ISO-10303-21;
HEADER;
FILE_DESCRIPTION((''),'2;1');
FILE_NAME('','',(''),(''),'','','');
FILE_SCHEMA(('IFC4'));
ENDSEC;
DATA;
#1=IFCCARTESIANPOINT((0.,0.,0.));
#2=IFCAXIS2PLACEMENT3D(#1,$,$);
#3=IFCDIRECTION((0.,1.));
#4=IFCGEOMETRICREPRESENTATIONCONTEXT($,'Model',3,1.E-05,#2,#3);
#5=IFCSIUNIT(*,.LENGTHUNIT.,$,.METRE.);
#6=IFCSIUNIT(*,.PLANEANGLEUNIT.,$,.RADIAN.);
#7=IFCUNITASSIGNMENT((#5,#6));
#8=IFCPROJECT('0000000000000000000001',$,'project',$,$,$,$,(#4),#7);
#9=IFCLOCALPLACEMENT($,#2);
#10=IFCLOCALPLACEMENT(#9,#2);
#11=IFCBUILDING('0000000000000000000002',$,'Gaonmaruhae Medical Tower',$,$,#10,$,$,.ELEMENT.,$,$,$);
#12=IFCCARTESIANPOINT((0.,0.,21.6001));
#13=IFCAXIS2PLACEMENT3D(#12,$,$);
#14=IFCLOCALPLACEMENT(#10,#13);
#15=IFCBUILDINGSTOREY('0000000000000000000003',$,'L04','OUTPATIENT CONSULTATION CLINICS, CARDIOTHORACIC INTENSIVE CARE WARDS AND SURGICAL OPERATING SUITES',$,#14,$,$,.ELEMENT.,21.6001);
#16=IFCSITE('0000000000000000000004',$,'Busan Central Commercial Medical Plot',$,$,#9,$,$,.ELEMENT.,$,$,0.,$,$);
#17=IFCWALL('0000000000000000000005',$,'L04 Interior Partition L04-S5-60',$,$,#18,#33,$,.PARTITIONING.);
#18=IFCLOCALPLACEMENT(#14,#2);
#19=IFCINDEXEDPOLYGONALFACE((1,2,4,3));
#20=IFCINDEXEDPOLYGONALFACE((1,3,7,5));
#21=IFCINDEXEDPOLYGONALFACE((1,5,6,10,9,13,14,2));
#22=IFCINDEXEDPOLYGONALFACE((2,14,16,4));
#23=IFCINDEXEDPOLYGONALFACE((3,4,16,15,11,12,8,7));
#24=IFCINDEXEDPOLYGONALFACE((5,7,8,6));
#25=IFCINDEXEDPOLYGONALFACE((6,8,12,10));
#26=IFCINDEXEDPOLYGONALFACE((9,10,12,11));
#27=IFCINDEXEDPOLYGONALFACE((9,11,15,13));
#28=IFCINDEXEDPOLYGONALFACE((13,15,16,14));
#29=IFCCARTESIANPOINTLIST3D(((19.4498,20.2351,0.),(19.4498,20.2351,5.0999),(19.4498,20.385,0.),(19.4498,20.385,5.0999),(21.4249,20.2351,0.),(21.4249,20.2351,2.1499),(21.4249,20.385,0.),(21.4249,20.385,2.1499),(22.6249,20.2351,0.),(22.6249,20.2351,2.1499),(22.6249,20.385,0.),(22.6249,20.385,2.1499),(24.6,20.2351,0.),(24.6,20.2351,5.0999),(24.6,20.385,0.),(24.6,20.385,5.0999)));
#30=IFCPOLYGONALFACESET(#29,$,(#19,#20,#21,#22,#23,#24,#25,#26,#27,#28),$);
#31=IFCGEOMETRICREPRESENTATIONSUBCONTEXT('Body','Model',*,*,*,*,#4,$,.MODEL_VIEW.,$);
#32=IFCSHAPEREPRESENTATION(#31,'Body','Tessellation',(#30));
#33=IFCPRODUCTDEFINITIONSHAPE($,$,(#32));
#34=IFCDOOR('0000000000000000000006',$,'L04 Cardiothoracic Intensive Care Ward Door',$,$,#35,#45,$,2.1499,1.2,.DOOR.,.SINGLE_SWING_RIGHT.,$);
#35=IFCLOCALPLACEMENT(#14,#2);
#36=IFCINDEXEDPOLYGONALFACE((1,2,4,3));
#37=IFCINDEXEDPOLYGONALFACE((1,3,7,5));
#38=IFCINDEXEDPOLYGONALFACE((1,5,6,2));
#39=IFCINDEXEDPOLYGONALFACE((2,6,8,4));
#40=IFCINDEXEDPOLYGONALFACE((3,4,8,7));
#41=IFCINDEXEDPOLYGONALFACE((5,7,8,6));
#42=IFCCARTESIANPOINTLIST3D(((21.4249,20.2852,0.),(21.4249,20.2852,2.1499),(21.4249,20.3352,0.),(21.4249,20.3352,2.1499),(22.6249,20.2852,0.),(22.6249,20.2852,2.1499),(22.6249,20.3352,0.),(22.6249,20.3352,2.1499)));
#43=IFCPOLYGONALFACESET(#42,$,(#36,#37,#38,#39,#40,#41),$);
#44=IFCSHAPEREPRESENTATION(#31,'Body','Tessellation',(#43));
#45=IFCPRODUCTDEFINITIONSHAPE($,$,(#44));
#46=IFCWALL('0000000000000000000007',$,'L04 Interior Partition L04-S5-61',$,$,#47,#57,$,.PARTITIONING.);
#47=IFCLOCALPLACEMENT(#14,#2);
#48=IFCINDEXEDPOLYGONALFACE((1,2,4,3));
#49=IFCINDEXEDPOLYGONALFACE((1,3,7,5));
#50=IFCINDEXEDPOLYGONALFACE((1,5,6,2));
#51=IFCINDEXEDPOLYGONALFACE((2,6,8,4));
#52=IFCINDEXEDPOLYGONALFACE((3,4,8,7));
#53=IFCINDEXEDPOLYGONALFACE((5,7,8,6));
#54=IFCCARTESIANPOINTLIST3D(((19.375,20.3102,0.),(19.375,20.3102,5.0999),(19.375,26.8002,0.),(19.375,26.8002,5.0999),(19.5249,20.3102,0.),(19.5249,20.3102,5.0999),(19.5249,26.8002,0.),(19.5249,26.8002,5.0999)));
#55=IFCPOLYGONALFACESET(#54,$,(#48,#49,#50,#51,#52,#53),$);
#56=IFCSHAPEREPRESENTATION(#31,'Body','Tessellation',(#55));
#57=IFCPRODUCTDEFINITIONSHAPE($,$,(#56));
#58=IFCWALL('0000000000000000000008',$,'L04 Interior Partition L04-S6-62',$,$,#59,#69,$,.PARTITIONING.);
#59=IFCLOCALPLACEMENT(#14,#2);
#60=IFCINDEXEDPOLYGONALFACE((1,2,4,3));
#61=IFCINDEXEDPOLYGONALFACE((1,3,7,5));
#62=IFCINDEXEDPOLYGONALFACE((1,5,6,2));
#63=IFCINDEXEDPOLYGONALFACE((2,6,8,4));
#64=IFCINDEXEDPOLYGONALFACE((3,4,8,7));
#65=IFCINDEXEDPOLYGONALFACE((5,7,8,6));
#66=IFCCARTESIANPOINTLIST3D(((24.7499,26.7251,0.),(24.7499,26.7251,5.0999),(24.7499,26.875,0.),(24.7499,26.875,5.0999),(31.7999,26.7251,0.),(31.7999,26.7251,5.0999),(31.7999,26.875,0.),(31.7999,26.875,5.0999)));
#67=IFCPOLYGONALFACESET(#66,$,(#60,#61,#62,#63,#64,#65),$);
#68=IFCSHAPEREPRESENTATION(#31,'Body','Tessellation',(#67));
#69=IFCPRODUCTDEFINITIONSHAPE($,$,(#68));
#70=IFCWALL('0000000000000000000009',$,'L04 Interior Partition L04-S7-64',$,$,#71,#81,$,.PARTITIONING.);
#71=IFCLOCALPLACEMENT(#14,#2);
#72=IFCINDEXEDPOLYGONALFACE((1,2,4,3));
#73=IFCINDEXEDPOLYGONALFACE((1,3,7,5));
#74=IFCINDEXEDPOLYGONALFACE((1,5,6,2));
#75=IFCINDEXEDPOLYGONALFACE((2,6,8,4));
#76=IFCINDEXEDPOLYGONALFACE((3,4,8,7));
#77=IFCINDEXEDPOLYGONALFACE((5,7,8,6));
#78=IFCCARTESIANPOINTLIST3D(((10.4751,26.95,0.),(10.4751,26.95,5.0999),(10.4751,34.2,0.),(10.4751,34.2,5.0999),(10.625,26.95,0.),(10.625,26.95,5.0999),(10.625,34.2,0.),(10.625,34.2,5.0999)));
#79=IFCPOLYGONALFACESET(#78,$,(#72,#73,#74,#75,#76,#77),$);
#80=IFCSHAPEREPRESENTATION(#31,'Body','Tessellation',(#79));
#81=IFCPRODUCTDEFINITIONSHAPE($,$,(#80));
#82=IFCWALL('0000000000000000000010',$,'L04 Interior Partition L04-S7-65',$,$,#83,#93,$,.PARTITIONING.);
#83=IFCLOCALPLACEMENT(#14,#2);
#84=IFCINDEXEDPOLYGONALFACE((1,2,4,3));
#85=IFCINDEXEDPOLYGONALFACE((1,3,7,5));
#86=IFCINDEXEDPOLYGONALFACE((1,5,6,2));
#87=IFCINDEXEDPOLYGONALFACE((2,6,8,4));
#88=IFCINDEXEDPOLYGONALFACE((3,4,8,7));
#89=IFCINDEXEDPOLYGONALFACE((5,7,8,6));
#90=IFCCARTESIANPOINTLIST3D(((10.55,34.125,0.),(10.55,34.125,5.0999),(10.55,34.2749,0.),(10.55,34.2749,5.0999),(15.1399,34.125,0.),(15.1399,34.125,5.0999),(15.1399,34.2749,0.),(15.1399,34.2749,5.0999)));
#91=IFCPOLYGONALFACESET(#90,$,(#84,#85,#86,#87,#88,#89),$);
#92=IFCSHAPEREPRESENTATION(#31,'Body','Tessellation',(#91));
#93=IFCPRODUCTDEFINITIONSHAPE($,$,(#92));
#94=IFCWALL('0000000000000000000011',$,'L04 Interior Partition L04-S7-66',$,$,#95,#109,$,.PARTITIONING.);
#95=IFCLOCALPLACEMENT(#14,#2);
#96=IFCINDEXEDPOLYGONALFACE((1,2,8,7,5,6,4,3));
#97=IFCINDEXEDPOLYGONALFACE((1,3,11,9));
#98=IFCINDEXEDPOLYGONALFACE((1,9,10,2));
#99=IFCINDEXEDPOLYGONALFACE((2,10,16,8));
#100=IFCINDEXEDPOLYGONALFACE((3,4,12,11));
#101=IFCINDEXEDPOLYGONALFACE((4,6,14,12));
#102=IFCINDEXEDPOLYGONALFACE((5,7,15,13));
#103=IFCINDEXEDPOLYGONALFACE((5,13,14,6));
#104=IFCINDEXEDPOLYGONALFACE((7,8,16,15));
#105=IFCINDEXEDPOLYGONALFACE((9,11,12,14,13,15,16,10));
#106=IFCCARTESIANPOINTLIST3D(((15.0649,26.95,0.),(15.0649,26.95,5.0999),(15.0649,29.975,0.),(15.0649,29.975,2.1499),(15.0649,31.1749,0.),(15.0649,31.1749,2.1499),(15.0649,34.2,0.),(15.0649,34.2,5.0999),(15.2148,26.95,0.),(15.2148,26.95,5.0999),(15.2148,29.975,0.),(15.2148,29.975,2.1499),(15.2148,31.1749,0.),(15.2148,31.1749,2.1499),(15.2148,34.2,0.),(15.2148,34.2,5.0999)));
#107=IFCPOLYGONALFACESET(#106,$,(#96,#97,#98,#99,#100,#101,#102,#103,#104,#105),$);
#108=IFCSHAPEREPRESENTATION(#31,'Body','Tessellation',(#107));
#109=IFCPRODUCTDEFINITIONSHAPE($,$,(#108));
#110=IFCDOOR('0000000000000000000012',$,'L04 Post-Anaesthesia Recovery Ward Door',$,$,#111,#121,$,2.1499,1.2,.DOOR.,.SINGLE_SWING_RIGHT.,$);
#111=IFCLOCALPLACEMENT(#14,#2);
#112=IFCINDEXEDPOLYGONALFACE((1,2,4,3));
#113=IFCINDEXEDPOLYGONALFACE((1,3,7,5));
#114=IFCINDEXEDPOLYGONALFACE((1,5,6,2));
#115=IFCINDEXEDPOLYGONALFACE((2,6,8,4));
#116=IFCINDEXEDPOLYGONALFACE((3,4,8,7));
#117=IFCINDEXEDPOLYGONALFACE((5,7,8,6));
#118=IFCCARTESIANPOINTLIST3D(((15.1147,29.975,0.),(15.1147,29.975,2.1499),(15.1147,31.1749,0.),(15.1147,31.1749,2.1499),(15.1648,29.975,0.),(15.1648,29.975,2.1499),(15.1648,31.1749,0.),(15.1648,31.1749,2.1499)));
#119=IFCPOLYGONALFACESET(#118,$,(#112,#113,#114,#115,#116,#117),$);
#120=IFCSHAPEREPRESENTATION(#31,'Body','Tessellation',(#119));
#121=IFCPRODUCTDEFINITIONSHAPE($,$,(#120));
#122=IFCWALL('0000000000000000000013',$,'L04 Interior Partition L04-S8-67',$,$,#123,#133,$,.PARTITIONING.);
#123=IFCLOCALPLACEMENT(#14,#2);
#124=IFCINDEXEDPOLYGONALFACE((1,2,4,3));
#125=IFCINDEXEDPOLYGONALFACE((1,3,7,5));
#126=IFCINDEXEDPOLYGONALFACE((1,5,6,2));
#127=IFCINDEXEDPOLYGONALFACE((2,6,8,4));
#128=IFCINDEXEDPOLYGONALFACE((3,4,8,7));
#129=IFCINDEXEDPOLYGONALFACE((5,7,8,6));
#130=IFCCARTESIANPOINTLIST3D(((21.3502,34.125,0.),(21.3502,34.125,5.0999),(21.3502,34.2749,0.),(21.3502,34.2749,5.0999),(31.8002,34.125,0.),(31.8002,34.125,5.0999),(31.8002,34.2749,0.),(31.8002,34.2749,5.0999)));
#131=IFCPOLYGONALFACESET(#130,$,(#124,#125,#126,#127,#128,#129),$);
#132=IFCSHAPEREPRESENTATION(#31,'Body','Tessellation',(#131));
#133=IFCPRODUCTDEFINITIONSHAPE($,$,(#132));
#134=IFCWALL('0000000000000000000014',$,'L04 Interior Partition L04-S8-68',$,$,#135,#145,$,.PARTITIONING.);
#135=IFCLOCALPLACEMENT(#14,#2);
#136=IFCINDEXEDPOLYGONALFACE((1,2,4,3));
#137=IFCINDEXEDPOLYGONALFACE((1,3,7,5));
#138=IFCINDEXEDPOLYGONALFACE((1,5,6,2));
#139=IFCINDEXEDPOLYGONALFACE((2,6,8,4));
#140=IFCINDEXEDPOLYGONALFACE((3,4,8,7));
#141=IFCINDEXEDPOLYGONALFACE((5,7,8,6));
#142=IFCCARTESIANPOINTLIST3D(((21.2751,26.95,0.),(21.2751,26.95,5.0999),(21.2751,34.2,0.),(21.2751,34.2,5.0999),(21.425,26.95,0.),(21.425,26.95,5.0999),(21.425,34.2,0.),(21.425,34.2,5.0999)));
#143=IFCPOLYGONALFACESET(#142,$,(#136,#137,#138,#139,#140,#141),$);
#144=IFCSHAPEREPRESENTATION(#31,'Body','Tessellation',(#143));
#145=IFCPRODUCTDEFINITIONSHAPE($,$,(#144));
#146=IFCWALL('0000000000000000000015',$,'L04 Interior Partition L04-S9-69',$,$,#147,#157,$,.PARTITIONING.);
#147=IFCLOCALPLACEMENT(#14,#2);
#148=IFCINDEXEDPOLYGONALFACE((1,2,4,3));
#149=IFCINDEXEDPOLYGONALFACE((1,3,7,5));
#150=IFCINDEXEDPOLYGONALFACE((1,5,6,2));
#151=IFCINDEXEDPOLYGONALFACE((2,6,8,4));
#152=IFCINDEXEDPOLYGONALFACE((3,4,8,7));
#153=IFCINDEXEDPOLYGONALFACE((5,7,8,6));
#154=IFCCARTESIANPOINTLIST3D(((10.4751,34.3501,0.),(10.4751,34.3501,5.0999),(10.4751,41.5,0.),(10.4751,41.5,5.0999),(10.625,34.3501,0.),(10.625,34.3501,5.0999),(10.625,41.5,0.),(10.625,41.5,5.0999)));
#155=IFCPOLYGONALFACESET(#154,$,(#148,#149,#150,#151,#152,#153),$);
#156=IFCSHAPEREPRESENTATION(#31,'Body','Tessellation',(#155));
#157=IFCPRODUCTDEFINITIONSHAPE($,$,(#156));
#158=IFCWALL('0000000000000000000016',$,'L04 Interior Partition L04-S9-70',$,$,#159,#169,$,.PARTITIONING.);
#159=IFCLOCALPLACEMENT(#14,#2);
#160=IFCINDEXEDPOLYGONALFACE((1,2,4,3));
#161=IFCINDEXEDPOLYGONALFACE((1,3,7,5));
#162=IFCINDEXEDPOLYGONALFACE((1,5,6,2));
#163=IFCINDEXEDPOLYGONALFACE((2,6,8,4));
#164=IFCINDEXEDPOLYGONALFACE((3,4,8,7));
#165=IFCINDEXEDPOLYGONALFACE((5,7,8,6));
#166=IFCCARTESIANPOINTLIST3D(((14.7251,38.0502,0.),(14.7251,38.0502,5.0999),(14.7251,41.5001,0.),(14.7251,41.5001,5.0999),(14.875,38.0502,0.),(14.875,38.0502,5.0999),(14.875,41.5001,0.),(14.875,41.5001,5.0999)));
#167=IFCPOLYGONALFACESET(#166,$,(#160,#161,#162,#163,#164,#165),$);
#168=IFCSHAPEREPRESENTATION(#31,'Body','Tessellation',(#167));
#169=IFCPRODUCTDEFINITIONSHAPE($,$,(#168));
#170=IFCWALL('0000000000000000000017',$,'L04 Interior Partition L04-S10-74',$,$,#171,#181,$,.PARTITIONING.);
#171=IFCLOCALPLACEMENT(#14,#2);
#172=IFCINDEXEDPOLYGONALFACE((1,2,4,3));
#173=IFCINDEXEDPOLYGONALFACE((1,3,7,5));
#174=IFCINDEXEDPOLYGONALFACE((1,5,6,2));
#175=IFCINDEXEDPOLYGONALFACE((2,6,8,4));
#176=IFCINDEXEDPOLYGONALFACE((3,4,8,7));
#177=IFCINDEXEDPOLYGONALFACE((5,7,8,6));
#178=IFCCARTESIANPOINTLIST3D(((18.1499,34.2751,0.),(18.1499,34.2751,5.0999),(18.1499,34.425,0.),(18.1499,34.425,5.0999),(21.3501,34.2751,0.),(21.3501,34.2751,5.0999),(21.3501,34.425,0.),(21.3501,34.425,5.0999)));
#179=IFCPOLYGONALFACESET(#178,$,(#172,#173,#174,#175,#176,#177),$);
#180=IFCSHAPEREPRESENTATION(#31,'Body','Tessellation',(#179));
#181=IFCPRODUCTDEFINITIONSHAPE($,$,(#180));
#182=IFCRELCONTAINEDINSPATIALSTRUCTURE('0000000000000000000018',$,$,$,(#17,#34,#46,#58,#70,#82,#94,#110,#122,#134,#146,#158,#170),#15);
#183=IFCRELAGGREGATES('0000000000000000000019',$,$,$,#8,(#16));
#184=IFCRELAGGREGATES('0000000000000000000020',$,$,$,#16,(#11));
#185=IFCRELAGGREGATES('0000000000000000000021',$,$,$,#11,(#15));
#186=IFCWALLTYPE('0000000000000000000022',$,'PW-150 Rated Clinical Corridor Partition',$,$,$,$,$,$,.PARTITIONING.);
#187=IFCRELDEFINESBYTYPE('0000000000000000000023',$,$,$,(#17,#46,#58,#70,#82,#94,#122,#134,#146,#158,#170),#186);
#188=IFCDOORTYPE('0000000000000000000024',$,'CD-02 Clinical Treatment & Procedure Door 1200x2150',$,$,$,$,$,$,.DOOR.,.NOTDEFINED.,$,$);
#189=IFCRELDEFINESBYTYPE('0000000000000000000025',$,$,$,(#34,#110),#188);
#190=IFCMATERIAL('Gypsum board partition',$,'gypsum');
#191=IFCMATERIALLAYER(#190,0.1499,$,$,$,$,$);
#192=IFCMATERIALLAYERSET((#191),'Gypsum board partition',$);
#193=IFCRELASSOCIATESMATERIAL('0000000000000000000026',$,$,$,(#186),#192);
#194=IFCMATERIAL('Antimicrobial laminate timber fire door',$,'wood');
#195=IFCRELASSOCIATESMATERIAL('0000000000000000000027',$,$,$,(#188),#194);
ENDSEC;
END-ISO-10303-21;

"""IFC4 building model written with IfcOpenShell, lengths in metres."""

from ifc_helpers import new_model, si_unit, direction, frame, frame_2d, origin, place, context, subcontext, project, spatial, rectangle, extrude, material, layer, layer_set, type_object, element, fill, save


model = new_model("IFC4")

# Units and contexts
model_context = context("Model", 3, precision=1e-05, world=origin(), true_north=direction((0.0, 1.0)))
body_context = subcontext(model_context, "Body", "Model", "MODEL_VIEW")
ifc_project = project(units=[si_unit("LENGTHUNIT", "METRE"), si_unit("PLANEANGLEUNIT", "RADIAN")], contexts=[model_context])

# Site, building, storey
site_placement = place(None, origin())
site = spatial("IfcSite", under=ifc_project, at=site_placement, Name="Busan Central Commercial Medical Plot", CompositionType="ELEMENT", RefElevation=0.0)
building_placement = place(site_placement, origin())
building = spatial("IfcBuilding", under=site, at=building_placement, Name="Gaonmaruhae Medical Tower", CompositionType="ELEMENT")
storey_placement = place(building_placement, frame((0.0, 0.0, 21.6001)))
storey = spatial("IfcBuildingStorey", under=building, at=storey_placement, Name="L04", Description="OUTPATIENT CONSULTATION CLINICS, CARDIOTHORACIC INTENSIVE CARE WARDS AND SURGICAL OPERATING SUITES", CompositionType="ELEMENT", Elevation=21.6001)

# Shared definitions
ifc_material_1 = material(Name="Gypsum board partition", Category="gypsum")
ifc_layer = layer(ifc_material_1, 0.1499)
ifc_layer_set = layer_set([ifc_layer], Name="Gypsum board partition")
wall_type = type_object("IfcWallType", Name="PW-150 Rated Clinical Corridor Partition", PredefinedType="PARTITIONING", material=ifc_layer_set)

# Shared definitions
ifc_material_2 = material(Name="Antimicrobial laminate timber fire door", Category="wood")
door_type_1 = type_object("IfcDoorType", Name="CD-02 Clinical Treatment & Procedure Door 1200x2150", OperationType="NOTDEFINED", PredefinedType="DOOR", material=ifc_material_2)

# Wall, opening, door
wall_1_placement = place(storey_placement, frame((24.6001, 20.3101, 0.0), z_axis=(0.0, 0.0, 1.0), x_axis=(-1.0, 0.0, 0.0)))
wall_1 = element("IfcWall", 1, at=wall_1_placement, inside=storey, type_object=wall_type, Name="L04 Interior Partition L04-S5-60", PredefinedType="PARTITIONING", context=body_context, shape_type="SweptSolid", body=[
    extrude(rectangle(XDim=5.1501, YDim=0.1499, at=frame_2d((2.5752, 0.0))), origin(), (0.0, 0.0, 1.0), 5.0999),
])
opening_1_placement = place(wall_1_placement, frame((1.9751, 0.0, 0.0)))
opening_1 = element("IfcOpeningElement", 2, at=opening_1_placement, cuts=wall_1, PredefinedType="OPENING", context=body_context, shape_type="SweptSolid", body=[
    extrude(rectangle(XDim=1.2, YDim=2.1499, at=frame_2d((0.6001, 1.075))), frame((0.0, 0.085, 0.0), z_axis=(0.0, -1.0, 0.0), x_axis=(1.0, 0.0, 0.0)), (0.0, 0.0, 1.0), 0.1699),
])
door_1_placement = place(opening_1_placement, origin())
door_1 = element("IfcDoor", 3, at=door_1_placement, inside=storey, type_object=door_type_1, Name="L04 Cardiothoracic Intensive Care Ward Door", OperationType="SINGLE_SWING_RIGHT", OverallHeight=2.1499, OverallWidth=1.2, PredefinedType="DOOR", context=body_context, shape_type="SweptSolid", body=[
    extrude(rectangle(XDim=1.2, YDim=2.1499, at=frame_2d((0.6001, 1.075))), frame((0.0, 0.0249, 0.0), z_axis=(0.0, -1.0, 0.0), x_axis=(1.0, 0.0, 0.0)), (0.0, 0.0, 1.0), 0.05),
])
fill(opening_1, door_1)

# Walls
wall_2_placement = place(storey_placement, frame((19.45, 20.3101, 0.0), z_axis=(0.0, 0.0, 1.0), x_axis=(0.0, 1.0, 0.0)))
element("IfcWall", 4, at=wall_2_placement, inside=storey, type_object=wall_type, Name="L04 Interior Partition L04-S5-61", PredefinedType="PARTITIONING", context=body_context, shape_type="SweptSolid", body=[
    extrude(rectangle(XDim=6.49, YDim=0.1499, at=frame_2d((3.2451, 0.0))), origin(), (0.0, 0.0, 1.0), 5.0999),
])
wall_3_placement = place(storey_placement, frame((24.75, 26.8, 0.0), z_axis=(0.0, 0.0, 1.0), x_axis=(1.0, 0.0, 0.0)))
element("IfcWall", 5, at=wall_3_placement, inside=storey, type_object=wall_type, Name="L04 Interior Partition L04-S6-62", PredefinedType="PARTITIONING", context=body_context, shape_type="SweptSolid", body=[
    extrude(rectangle(XDim=7.05, YDim=0.1499, at=frame_2d((3.5249, 0.0))), origin(), (0.0, 0.0, 1.0), 5.0999),
])
wall_4_placement = place(storey_placement, frame((10.55, 26.95, 0.0), z_axis=(0.0, 0.0, 1.0), x_axis=(0.0, 1.0, 0.0)))
element("IfcWall", 6, at=wall_4_placement, inside=storey, type_object=wall_type, Name="L04 Interior Partition L04-S7-64", PredefinedType="PARTITIONING", context=body_context, shape_type="SweptSolid", body=[
    extrude(rectangle(XDim=7.25, YDim=0.1499, at=frame_2d((3.625, 0.0))), origin(), (0.0, 0.0, 1.0), 5.0999),
])
wall_5_placement = place(storey_placement, frame((10.55, 34.2, 0.0), z_axis=(0.0, 0.0, 1.0), x_axis=(1.0, 0.0, 0.0)))
element("IfcWall", 7, at=wall_5_placement, inside=storey, type_object=wall_type, Name="L04 Interior Partition L04-S7-65", PredefinedType="PARTITIONING", context=body_context, shape_type="SweptSolid", body=[
    extrude(rectangle(XDim=4.5898, YDim=0.1499, at=frame_2d((2.2949, 0.0))), origin(), (0.0, 0.0, 1.0), 5.0999),
])

# Wall, opening, door
wall_6_placement = place(storey_placement, frame((15.1399, 34.2, 0.0), z_axis=(0.0, 0.0, 1.0), x_axis=(0.0, -1.0, 0.0)))
wall_6 = element("IfcWall", 8, at=wall_6_placement, inside=storey, type_object=wall_type, Name="L04 Interior Partition L04-S7-66", PredefinedType="PARTITIONING", context=body_context, shape_type="SweptSolid", body=[
    extrude(rectangle(XDim=7.25, YDim=0.1499, at=frame_2d((3.625, 0.0))), origin(), (0.0, 0.0, 1.0), 5.0999),
])
opening_2_placement = place(wall_6_placement, frame((3.0249, 0.0, 0.0)))
opening_2 = element("IfcOpeningElement", 9, at=opening_2_placement, cuts=wall_6, PredefinedType="OPENING", context=body_context, shape_type="SweptSolid", body=[
    extrude(rectangle(XDim=1.2, YDim=2.1499, at=frame_2d((0.6001, 1.075))), frame((0.0, 0.085, 0.0), z_axis=(0.0, -1.0, 0.0), x_axis=(1.0, 0.0, 0.0)), (0.0, 0.0, 1.0), 0.1699),
])
door_2_placement = place(opening_2_placement, origin())
door_2 = element("IfcDoor", 10, at=door_2_placement, inside=storey, type_object=door_type_1, Name="L04 Post-Anaesthesia Recovery Ward Door", OperationType="SINGLE_SWING_RIGHT", OverallHeight=2.1499, OverallWidth=1.2, PredefinedType="DOOR", context=body_context, shape_type="SweptSolid", body=[
    extrude(rectangle(XDim=1.2, YDim=2.1499, at=frame_2d((0.6001, 1.075))), frame((0.0, 0.0249, 0.0), z_axis=(0.0, -1.0, 0.0), x_axis=(1.0, 0.0, 0.0)), (0.0, 0.0, 1.0), 0.05),
])
fill(opening_2, door_2)

# Walls
wall_7_placement = place(storey_placement, frame((21.3501, 34.2, 0.0), z_axis=(0.0, 0.0, 1.0), x_axis=(1.0, 0.0, 0.0)))
element("IfcWall", 11, at=wall_7_placement, inside=storey, type_object=wall_type, Name="L04 Interior Partition L04-S8-67", PredefinedType="PARTITIONING", context=body_context, shape_type="SweptSolid", body=[
    extrude(rectangle(XDim=10.45, YDim=0.1499, at=frame_2d((5.2251, 0.0))), origin(), (0.0, 0.0, 1.0), 5.0999),
])
wall_8_placement = place(storey_placement, frame((21.3501, 26.95, 0.0), z_axis=(0.0, 0.0, 1.0), x_axis=(0.0, 1.0, 0.0)))
element("IfcWall", 12, at=wall_8_placement, inside=storey, type_object=wall_type, Name="L04 Interior Partition L04-S8-68", PredefinedType="PARTITIONING", context=body_context, shape_type="SweptSolid", body=[
    extrude(rectangle(XDim=7.25, YDim=0.1499, at=frame_2d((3.625, 0.0))), origin(), (0.0, 0.0, 1.0), 5.0999),
])
wall_9_placement = place(storey_placement, frame((10.55, 34.3501, 0.0), z_axis=(0.0, 0.0, 1.0), x_axis=(0.0, 1.0, 0.0)))
element("IfcWall", 13, at=wall_9_placement, inside=storey, type_object=wall_type, Name="L04 Interior Partition L04-S9-69", PredefinedType="PARTITIONING", context=body_context, shape_type="SweptSolid", body=[
    extrude(rectangle(XDim=7.1499, YDim=0.1499, at=frame_2d((3.575, 0.0))), origin(), (0.0, 0.0, 1.0), 5.0999),
])
wall_10_placement = place(storey_placement, frame((14.8, 38.05, 0.0), z_axis=(0.0, 0.0, 1.0), x_axis=(0.0, 1.0, 0.0)))
element("IfcWall", 14, at=wall_10_placement, inside=storey, type_object=wall_type, Name="L04 Interior Partition L04-S9-70", PredefinedType="PARTITIONING", context=body_context, shape_type="SweptSolid", body=[
    extrude(rectangle(XDim=3.45, YDim=0.1499, at=frame_2d((1.7251, 0.0))), origin(), (0.0, 0.0, 1.0), 5.0999),
])
wall_11_placement = place(storey_placement, frame((21.3501, 34.3501, 0.0), z_axis=(0.0, 0.0, 1.0), x_axis=(-1.0, 0.0, 0.0)))
element("IfcWall", 15, at=wall_11_placement, inside=storey, type_object=wall_type, Name="L04 Interior Partition L04-S10-74", PredefinedType="PARTITIONING", context=body_context, shape_type="SweptSolid", body=[
    extrude(rectangle(XDim=3.2002, YDim=0.1499, at=frame_2d((1.6001, 0.0))), origin(), (0.0, 0.0, 1.0), 5.0999),
])

save(model, "model.ifc")
